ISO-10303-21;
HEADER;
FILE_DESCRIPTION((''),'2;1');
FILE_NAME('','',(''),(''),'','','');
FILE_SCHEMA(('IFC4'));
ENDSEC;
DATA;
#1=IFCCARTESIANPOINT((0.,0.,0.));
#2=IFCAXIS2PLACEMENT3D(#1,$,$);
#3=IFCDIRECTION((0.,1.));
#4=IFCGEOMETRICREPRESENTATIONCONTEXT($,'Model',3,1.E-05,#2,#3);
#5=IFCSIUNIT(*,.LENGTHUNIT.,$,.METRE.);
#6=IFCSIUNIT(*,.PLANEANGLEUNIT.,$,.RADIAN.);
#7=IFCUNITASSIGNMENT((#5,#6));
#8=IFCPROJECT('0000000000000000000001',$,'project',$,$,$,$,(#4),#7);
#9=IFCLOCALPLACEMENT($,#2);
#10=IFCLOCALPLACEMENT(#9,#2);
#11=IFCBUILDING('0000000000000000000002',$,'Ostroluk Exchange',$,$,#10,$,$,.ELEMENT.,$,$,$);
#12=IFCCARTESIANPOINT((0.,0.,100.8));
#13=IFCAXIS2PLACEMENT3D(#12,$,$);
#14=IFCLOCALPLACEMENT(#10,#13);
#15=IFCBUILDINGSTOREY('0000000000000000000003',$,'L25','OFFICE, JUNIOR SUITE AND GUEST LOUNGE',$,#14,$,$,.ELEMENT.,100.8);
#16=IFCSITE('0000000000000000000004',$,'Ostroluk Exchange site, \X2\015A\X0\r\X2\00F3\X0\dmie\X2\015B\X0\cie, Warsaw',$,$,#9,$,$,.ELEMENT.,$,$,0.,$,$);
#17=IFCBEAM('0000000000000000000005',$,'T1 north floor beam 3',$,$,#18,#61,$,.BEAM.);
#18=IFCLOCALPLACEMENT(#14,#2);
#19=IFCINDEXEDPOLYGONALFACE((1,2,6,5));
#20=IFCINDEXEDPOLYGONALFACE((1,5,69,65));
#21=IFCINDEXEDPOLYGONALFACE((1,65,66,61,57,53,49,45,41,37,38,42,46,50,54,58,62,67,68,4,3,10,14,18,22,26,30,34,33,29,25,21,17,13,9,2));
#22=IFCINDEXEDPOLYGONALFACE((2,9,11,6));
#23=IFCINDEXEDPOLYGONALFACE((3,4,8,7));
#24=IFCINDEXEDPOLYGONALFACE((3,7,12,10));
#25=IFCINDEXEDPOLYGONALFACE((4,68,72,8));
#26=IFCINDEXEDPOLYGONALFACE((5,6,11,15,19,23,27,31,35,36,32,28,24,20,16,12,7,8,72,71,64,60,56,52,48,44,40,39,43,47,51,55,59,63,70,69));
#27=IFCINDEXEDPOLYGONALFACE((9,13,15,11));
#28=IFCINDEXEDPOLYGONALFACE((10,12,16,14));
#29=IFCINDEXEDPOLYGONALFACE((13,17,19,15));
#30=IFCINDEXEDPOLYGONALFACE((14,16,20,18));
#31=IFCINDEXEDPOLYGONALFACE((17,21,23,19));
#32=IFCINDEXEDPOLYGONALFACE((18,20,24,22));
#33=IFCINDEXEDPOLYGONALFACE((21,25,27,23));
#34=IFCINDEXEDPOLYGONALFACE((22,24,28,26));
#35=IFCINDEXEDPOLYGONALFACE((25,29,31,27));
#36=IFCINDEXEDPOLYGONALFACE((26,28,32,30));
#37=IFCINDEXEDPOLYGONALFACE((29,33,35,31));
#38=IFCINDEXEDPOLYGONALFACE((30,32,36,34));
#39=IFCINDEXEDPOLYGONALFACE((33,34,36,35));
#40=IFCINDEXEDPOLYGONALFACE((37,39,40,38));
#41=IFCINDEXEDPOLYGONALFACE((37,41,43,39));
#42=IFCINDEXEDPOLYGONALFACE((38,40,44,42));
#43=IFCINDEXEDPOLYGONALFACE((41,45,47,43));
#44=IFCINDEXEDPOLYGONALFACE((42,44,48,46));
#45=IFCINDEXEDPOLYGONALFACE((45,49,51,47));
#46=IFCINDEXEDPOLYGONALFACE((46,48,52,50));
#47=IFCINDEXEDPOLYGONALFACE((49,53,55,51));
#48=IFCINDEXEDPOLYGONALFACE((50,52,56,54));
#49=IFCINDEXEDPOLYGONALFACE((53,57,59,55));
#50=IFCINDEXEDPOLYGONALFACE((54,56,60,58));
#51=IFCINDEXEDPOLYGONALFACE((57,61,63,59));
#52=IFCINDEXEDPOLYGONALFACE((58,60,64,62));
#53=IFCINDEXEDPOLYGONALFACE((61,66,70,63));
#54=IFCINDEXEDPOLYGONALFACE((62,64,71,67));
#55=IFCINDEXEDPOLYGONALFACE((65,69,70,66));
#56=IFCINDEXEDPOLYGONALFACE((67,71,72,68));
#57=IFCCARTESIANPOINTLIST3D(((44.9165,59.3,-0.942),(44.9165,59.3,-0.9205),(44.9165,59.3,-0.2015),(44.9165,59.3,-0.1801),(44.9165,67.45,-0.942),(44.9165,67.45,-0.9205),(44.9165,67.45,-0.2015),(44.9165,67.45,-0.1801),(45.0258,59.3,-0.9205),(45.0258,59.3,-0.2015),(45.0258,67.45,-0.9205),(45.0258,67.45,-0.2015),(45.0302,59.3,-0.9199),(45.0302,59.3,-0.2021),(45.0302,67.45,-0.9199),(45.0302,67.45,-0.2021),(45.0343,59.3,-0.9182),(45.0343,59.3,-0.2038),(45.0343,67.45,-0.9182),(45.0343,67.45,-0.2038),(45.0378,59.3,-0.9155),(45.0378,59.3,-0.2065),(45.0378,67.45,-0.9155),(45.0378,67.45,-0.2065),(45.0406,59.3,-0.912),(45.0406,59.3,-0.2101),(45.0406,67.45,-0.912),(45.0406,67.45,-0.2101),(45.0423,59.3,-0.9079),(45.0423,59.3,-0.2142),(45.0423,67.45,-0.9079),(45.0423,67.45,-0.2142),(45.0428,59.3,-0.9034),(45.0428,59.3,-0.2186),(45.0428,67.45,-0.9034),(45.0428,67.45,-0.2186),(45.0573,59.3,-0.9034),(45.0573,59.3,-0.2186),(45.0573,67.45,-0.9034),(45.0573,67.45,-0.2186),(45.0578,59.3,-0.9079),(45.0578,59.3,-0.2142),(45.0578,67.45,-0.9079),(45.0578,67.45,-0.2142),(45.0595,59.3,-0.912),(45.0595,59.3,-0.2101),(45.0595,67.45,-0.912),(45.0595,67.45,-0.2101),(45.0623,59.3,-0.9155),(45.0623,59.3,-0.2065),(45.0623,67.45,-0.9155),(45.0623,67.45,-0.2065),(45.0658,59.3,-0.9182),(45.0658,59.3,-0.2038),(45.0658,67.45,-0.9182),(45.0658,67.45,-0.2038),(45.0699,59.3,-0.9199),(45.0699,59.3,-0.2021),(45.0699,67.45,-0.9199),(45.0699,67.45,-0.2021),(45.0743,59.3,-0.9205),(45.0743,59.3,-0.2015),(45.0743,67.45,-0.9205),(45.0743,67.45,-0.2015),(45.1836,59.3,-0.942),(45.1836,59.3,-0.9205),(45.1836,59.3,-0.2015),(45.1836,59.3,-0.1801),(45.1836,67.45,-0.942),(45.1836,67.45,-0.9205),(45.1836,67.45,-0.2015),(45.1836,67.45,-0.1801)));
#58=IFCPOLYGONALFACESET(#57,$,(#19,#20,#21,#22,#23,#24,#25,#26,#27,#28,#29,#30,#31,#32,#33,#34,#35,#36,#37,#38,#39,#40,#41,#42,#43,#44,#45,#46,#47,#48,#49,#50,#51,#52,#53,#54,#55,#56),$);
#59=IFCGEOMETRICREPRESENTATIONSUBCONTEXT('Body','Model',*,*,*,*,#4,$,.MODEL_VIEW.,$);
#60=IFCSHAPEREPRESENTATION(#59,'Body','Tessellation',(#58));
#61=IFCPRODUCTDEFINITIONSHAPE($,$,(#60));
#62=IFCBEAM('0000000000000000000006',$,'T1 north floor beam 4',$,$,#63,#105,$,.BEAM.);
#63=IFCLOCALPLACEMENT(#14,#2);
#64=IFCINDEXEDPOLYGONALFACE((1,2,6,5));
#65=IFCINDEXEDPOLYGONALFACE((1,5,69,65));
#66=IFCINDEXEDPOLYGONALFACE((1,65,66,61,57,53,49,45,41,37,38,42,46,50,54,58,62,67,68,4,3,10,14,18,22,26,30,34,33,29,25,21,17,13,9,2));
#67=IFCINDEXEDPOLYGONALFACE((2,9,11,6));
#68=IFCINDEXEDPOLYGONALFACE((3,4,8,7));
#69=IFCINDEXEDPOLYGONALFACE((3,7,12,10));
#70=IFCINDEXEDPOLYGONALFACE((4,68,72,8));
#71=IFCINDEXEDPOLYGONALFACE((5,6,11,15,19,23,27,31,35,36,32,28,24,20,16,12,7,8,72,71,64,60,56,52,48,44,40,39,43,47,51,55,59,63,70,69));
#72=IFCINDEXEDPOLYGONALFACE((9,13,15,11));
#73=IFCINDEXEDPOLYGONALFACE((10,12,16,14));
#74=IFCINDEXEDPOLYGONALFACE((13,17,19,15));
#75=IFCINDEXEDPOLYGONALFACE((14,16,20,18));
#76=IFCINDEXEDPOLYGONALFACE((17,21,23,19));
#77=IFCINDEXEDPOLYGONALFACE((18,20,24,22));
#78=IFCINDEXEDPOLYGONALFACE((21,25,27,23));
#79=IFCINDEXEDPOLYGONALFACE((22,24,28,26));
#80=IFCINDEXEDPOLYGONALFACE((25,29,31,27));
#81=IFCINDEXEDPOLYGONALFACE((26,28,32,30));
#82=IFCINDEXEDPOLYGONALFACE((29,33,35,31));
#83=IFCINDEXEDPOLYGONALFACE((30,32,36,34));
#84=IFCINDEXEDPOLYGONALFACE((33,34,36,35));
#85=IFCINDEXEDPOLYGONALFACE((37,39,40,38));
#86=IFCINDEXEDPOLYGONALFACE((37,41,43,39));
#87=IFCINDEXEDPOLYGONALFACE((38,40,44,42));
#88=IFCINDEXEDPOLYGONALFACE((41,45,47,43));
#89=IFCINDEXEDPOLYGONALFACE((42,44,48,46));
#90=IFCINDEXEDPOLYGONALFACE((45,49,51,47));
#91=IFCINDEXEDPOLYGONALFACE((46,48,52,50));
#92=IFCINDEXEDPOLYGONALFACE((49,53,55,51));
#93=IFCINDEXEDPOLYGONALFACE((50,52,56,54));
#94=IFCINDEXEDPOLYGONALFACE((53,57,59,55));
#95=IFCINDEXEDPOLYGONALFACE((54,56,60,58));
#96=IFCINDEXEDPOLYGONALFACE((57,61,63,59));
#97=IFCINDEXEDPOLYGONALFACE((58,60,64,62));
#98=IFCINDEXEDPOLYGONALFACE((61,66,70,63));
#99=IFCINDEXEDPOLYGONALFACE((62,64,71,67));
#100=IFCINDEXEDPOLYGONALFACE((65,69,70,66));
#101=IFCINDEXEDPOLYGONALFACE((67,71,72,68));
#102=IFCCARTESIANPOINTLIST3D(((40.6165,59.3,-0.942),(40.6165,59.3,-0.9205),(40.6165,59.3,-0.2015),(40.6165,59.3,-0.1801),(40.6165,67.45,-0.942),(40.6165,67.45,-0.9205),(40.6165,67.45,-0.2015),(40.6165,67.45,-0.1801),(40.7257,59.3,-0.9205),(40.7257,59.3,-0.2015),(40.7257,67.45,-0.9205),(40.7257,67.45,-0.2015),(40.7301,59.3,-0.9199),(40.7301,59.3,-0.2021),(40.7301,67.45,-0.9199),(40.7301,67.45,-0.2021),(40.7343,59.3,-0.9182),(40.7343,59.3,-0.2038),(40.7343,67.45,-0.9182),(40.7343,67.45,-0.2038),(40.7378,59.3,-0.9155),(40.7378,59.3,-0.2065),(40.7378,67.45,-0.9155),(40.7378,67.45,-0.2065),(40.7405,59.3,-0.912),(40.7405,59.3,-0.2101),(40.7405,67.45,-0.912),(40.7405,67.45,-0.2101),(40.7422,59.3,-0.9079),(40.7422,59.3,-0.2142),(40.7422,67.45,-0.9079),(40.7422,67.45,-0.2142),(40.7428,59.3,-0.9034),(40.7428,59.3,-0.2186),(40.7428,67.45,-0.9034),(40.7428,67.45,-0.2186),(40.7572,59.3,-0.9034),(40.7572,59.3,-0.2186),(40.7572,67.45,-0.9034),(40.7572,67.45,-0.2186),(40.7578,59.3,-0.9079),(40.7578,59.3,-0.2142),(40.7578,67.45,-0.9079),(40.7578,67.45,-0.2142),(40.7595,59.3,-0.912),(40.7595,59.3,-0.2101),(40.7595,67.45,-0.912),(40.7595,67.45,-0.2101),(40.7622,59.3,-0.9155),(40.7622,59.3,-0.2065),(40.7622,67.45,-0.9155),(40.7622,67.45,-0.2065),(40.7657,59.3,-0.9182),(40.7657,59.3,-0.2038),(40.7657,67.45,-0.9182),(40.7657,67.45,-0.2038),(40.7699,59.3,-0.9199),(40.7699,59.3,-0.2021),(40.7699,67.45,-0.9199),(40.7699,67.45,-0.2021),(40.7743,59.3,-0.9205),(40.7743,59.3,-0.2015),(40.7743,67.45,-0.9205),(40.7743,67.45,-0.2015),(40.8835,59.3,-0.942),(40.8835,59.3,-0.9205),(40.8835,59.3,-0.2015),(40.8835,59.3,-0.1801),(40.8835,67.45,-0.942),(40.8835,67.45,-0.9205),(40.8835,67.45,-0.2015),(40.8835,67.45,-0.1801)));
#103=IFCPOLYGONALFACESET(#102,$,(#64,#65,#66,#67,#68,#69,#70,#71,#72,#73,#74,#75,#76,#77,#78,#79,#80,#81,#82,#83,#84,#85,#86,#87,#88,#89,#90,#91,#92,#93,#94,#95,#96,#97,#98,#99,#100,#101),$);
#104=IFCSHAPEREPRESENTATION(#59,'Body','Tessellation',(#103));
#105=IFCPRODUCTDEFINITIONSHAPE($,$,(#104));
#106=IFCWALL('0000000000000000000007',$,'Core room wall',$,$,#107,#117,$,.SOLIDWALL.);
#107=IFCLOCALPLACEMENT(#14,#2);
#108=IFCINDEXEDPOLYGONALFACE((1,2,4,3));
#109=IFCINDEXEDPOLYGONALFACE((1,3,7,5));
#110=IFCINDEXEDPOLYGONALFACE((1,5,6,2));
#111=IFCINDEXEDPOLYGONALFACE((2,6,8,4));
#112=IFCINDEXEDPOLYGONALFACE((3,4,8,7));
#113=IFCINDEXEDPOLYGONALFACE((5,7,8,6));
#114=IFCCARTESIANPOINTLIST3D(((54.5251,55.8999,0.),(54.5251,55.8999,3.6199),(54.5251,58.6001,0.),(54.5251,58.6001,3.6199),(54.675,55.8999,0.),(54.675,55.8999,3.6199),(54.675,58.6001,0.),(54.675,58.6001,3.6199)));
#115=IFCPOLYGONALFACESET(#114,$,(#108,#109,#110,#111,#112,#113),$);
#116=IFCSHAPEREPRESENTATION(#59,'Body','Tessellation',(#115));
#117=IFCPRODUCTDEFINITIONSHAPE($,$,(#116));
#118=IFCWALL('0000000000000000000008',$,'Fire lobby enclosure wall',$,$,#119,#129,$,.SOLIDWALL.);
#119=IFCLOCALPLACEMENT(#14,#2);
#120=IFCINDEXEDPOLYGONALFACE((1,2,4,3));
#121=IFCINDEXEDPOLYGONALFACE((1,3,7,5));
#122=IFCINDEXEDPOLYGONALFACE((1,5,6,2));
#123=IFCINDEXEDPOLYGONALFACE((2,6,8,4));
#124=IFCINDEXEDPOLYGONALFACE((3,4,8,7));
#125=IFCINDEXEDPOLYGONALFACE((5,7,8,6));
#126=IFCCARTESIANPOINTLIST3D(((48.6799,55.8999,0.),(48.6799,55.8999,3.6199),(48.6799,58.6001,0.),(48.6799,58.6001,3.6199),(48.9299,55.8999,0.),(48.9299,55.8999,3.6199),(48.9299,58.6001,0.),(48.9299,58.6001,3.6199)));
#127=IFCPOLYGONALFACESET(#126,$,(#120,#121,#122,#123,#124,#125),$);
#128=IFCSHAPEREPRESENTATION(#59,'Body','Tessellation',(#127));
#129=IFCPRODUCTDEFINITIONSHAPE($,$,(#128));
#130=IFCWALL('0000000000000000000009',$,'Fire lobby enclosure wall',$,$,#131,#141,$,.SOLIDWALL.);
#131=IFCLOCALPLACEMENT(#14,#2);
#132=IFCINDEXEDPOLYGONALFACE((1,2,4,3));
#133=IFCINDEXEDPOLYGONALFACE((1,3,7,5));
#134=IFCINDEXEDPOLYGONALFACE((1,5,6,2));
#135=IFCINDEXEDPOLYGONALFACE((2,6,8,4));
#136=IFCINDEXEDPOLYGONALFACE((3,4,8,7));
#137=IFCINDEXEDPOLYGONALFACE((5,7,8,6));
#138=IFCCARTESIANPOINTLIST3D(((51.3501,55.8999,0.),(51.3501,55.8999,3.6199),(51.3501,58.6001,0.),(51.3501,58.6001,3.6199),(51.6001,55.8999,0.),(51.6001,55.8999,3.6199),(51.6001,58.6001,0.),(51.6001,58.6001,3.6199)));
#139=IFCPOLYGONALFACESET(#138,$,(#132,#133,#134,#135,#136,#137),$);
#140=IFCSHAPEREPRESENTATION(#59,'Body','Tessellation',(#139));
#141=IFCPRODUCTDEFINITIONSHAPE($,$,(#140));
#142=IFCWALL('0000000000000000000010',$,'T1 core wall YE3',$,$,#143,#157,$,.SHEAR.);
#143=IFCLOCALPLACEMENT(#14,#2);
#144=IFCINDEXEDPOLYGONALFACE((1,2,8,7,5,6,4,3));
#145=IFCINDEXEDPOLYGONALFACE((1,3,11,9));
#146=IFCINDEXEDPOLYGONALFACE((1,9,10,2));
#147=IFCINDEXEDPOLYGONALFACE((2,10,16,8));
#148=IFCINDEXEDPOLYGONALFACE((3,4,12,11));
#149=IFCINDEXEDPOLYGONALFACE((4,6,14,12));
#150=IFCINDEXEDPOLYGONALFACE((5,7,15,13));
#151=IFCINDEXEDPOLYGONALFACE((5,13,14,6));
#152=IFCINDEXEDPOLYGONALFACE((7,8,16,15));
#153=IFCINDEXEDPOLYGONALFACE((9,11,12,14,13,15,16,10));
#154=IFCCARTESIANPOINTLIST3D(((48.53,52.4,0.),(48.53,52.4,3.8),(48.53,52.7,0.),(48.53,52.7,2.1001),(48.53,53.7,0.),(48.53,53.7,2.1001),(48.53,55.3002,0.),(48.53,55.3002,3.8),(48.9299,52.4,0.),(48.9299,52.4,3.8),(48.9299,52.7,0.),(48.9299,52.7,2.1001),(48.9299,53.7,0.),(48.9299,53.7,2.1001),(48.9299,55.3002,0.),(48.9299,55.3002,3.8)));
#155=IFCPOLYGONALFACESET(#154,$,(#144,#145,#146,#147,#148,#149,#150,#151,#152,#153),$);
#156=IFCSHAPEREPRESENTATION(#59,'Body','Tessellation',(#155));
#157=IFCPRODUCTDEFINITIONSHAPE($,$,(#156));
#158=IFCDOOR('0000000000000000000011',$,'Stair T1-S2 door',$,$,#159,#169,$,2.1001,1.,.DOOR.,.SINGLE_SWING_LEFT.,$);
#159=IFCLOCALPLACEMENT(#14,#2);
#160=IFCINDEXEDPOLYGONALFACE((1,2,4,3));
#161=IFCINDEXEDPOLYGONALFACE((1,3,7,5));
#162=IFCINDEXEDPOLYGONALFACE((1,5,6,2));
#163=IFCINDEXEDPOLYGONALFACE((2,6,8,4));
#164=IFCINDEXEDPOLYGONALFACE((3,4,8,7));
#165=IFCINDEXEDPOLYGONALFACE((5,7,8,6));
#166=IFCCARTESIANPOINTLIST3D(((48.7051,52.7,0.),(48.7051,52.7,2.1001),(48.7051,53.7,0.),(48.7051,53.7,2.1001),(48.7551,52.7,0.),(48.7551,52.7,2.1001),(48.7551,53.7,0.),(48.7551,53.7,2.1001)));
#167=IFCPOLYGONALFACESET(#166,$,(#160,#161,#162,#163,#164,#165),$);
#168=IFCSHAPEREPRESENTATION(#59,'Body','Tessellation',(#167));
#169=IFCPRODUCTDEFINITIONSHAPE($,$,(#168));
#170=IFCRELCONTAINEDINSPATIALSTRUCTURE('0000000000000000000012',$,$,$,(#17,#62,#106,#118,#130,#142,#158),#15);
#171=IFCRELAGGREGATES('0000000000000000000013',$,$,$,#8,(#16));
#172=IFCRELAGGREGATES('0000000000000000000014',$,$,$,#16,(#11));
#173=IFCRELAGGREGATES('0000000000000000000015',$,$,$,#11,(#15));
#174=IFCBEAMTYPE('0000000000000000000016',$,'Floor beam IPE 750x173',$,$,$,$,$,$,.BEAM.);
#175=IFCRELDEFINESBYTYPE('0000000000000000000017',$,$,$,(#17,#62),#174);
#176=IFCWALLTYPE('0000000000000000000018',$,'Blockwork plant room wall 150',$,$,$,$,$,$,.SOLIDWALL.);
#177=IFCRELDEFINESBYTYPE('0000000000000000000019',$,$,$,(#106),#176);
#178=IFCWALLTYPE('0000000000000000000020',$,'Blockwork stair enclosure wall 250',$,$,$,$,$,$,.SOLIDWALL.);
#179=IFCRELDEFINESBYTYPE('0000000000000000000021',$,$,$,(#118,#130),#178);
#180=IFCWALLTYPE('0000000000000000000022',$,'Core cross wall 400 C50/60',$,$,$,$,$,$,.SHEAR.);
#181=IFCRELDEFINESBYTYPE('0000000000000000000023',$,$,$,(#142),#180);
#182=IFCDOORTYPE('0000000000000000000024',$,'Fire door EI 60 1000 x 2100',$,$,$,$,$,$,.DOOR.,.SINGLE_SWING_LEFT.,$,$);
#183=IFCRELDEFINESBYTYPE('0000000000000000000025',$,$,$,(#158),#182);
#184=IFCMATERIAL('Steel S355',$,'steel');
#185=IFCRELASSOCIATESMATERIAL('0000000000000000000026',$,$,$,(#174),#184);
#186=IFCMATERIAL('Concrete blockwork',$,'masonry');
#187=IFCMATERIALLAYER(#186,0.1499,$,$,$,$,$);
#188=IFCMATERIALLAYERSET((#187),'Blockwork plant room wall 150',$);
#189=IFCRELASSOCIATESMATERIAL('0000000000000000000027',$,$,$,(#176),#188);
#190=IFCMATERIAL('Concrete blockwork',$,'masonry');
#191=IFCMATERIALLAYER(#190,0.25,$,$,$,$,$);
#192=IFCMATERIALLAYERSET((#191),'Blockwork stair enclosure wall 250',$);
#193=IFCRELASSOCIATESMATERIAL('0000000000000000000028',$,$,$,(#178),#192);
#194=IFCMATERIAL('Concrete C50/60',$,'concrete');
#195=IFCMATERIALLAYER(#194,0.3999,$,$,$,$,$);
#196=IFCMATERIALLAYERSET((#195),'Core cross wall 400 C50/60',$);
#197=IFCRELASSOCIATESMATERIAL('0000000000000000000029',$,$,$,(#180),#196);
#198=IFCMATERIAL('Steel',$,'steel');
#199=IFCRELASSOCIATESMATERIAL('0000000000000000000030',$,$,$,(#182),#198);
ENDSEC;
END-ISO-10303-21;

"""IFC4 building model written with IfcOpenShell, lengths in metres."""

from ifc_helpers import new_model, si_unit, direction, frame, frame_2d, origin, origin_2d, place, context, subcontext, project, spatial, rectangle, i_section, extrude, material, layer, layer_set, material_profile, profile_set, type_object, element, fill, save


model = new_model("IFC4")

# Units and contexts
model_context = context("Model", 3, precision=1e-05, world=origin(), true_north=direction((0.0, 1.0)))
body_context = subcontext(model_context, "Body", "Model", "MODEL_VIEW")
ifc_project = project(units=[si_unit("LENGTHUNIT", "METRE"), si_unit("PLANEANGLEUNIT", "RADIAN")], contexts=[model_context])

# Site, building, storey
site_placement = place(None, origin())
site = spatial("IfcSite", under=ifc_project, at=site_placement, Name="Ostroluk Exchange site, Śródmieście, Warsaw", CompositionType="ELEMENT", RefElevation=0.0)
building_placement = place(site_placement, origin())
building = spatial("IfcBuilding", under=site, at=building_placement, Name="Ostroluk Exchange", CompositionType="ELEMENT")
storey_placement = place(building_placement, frame((0.0, 0.0, 100.8)))
storey = spatial("IfcBuildingStorey", under=building, at=storey_placement, Name="L25", Description="OFFICE, JUNIOR SUITE AND GUEST LOUNGE", CompositionType="ELEMENT", Elevation=100.8)

# Beams
ifc_material_1 = material(Name="Steel S355", Category="steel")
ifc_material_profile = material_profile(ifc_material_1, i_section(OverallWidth=0.2671, OverallDepth=0.762, WebThickness=0.0144, FlangeThickness=0.0215, FilletRadius=0.0171, at=origin_2d()), Name="IPE 750x173")
ifc_profile_set = profile_set([ifc_material_profile], Name="Steel S355")
beam_type = type_object("IfcBeamType", Name="Floor beam IPE 750x173", PredefinedType="BEAM", material=ifc_profile_set)
for number, where, z_axis, x_axis, name in (
    (1, (45.05, 59.3, -0.561), (0.0, 1.0, 0.0), (-1.0, 0.0, 0.0), "T1 north floor beam 3"),
    (2, (40.75, 59.3, -0.561), (0.0, 1.0, 0.0), (-1.0, 0.0, 0.0), "T1 north floor beam 4"),
):
    element("IfcBeam", number, at=place(storey_placement, frame(where, z_axis=z_axis, x_axis=x_axis)), inside=storey, type_object=beam_type, Name=name, PredefinedType="BEAM", context=body_context, shape_type="SweptSolid", body=[
        extrude(i_section(OverallWidth=0.2671, OverallDepth=0.762, WebThickness=0.0144, FlangeThickness=0.0215, FilletRadius=0.0171, at=origin_2d()), origin(), (0.0, 0.0, 1.0), 8.1499),
    ])

# Walls
ifc_material_2 = material(Name="Concrete blockwork", Category="masonry")
ifc_layer_1 = layer(ifc_material_2, 0.1499)
ifc_layer_set_1 = layer_set([ifc_layer_1], Name="Blockwork plant room wall 150")
wall_type_1 = type_object("IfcWallType", Name="Blockwork plant room wall 150", PredefinedType="SOLIDWALL", material=ifc_layer_set_1)
wall_1_placement = place(storey_placement, frame((54.6001, 55.8999, 0.0), z_axis=(0.0, 0.0, 1.0), x_axis=(0.0, 1.0, 0.0)))
element("IfcWall", 3, at=wall_1_placement, inside=storey, type_object=wall_type_1, Name="Core room wall", PredefinedType="SOLIDWALL", context=body_context, shape_type="SweptSolid", body=[
    extrude(rectangle(XDim=2.7002, YDim=0.1499, at=frame_2d((1.3501, 0.0))), origin(), (0.0, 0.0, 1.0), 3.6199),
])
ifc_material_3 = material(Name="Concrete blockwork", Category="masonry")
ifc_layer_2 = layer(ifc_material_3, 0.25)
ifc_layer_set_2 = layer_set([ifc_layer_2], Name="Blockwork stair enclosure wall 250")
wall_type_2 = type_object("IfcWallType", Name="Blockwork stair enclosure wall 250", PredefinedType="SOLIDWALL", material=ifc_layer_set_2)
for number, where, z_axis, x_axis, name in (
    (4, (48.8049, 55.8999, 0.0), (0.0, 0.0, 1.0), (0.0, 1.0, 0.0), "Fire lobby enclosure wall"),
    (5, (51.4751, 55.8999, 0.0), (0.0, 0.0, 1.0), (0.0, 1.0, 0.0), "Fire lobby enclosure wall"),
):
    element("IfcWall", number, at=place(storey_placement, frame(where, z_axis=z_axis, x_axis=x_axis)), inside=storey, type_object=wall_type_2, Name=name, PredefinedType="SOLIDWALL", context=body_context, shape_type="SweptSolid", body=[
        extrude(rectangle(XDim=2.7002, YDim=0.25, at=frame_2d((1.3501, 0.0))), origin(), (0.0, 0.0, 1.0), 3.6199),
    ])

# Wall, opening, door
ifc_material_4 = material(Name="Concrete C50/60", Category="concrete")
ifc_layer_3 = layer(ifc_material_4, 0.3999)
ifc_layer_set_3 = layer_set([ifc_layer_3], Name="Core cross wall 400 C50/60")
wall_type_3 = type_object("IfcWallType", Name="Core cross wall 400 C50/60", PredefinedType="SHEAR", material=ifc_layer_set_3)
wall_2_placement = place(storey_placement, frame((48.73, 52.3999, 0.0), z_axis=(0.0, 0.0, 1.0), x_axis=(0.0, 1.0, 0.0)))
wall_2 = element("IfcWall", 6, at=wall_2_placement, inside=storey, type_object=wall_type_3, Name="T1 core wall YE3", PredefinedType="SHEAR", context=body_context, shape_type="SweptSolid", body=[
    extrude(rectangle(XDim=2.9001, YDim=0.3999, at=frame_2d((1.4502, 0.0))), origin(), (0.0, 0.0, 1.0), 3.8),
])
opening_1_placement = place(wall_2_placement, frame((0.3, 0.0, 0.0)))
opening_1 = element("IfcOpeningElement", 7, at=opening_1_placement, cuts=wall_2, PredefinedType="OPENING", context=body_context, shape_type="SweptSolid", body=[
    extrude(rectangle(XDim=1.0, YDim=2.1001, at=frame_2d((0.5, 1.05))), frame((0.0, 0.21, 0.0), z_axis=(0.0, -1.0, 0.0), x_axis=(1.0, 0.0, 0.0)), (0.0, 0.0, 1.0), 0.4199),
])
ifc_material_5 = material(Name="Steel", Category="steel")
door_type_1 = type_object("IfcDoorType", Name="Fire door EI 60 1000 x 2100", OperationType="SINGLE_SWING_LEFT", PredefinedType="DOOR", material=ifc_material_5)
door_1_placement = place(opening_1_placement, origin())
door_1 = element("IfcDoor", 8, at=door_1_placement, inside=storey, type_object=door_type_1, Name="Stair T1-S2 door", OperationType="SINGLE_SWING_LEFT", OverallHeight=2.1001, OverallWidth=1.0, PredefinedType="DOOR", context=body_context, shape_type="SweptSolid", body=[
    extrude(rectangle(XDim=1.0, YDim=2.1001, at=frame_2d((0.5, 1.05))), frame((0.0, 0.0249, 0.0), z_axis=(0.0, -1.0, 0.0), x_axis=(1.0, 0.0, 0.0)), (0.0, 0.0, 1.0), 0.05),
])
fill(opening_1, door_1)

save(model, "model.ifc")
